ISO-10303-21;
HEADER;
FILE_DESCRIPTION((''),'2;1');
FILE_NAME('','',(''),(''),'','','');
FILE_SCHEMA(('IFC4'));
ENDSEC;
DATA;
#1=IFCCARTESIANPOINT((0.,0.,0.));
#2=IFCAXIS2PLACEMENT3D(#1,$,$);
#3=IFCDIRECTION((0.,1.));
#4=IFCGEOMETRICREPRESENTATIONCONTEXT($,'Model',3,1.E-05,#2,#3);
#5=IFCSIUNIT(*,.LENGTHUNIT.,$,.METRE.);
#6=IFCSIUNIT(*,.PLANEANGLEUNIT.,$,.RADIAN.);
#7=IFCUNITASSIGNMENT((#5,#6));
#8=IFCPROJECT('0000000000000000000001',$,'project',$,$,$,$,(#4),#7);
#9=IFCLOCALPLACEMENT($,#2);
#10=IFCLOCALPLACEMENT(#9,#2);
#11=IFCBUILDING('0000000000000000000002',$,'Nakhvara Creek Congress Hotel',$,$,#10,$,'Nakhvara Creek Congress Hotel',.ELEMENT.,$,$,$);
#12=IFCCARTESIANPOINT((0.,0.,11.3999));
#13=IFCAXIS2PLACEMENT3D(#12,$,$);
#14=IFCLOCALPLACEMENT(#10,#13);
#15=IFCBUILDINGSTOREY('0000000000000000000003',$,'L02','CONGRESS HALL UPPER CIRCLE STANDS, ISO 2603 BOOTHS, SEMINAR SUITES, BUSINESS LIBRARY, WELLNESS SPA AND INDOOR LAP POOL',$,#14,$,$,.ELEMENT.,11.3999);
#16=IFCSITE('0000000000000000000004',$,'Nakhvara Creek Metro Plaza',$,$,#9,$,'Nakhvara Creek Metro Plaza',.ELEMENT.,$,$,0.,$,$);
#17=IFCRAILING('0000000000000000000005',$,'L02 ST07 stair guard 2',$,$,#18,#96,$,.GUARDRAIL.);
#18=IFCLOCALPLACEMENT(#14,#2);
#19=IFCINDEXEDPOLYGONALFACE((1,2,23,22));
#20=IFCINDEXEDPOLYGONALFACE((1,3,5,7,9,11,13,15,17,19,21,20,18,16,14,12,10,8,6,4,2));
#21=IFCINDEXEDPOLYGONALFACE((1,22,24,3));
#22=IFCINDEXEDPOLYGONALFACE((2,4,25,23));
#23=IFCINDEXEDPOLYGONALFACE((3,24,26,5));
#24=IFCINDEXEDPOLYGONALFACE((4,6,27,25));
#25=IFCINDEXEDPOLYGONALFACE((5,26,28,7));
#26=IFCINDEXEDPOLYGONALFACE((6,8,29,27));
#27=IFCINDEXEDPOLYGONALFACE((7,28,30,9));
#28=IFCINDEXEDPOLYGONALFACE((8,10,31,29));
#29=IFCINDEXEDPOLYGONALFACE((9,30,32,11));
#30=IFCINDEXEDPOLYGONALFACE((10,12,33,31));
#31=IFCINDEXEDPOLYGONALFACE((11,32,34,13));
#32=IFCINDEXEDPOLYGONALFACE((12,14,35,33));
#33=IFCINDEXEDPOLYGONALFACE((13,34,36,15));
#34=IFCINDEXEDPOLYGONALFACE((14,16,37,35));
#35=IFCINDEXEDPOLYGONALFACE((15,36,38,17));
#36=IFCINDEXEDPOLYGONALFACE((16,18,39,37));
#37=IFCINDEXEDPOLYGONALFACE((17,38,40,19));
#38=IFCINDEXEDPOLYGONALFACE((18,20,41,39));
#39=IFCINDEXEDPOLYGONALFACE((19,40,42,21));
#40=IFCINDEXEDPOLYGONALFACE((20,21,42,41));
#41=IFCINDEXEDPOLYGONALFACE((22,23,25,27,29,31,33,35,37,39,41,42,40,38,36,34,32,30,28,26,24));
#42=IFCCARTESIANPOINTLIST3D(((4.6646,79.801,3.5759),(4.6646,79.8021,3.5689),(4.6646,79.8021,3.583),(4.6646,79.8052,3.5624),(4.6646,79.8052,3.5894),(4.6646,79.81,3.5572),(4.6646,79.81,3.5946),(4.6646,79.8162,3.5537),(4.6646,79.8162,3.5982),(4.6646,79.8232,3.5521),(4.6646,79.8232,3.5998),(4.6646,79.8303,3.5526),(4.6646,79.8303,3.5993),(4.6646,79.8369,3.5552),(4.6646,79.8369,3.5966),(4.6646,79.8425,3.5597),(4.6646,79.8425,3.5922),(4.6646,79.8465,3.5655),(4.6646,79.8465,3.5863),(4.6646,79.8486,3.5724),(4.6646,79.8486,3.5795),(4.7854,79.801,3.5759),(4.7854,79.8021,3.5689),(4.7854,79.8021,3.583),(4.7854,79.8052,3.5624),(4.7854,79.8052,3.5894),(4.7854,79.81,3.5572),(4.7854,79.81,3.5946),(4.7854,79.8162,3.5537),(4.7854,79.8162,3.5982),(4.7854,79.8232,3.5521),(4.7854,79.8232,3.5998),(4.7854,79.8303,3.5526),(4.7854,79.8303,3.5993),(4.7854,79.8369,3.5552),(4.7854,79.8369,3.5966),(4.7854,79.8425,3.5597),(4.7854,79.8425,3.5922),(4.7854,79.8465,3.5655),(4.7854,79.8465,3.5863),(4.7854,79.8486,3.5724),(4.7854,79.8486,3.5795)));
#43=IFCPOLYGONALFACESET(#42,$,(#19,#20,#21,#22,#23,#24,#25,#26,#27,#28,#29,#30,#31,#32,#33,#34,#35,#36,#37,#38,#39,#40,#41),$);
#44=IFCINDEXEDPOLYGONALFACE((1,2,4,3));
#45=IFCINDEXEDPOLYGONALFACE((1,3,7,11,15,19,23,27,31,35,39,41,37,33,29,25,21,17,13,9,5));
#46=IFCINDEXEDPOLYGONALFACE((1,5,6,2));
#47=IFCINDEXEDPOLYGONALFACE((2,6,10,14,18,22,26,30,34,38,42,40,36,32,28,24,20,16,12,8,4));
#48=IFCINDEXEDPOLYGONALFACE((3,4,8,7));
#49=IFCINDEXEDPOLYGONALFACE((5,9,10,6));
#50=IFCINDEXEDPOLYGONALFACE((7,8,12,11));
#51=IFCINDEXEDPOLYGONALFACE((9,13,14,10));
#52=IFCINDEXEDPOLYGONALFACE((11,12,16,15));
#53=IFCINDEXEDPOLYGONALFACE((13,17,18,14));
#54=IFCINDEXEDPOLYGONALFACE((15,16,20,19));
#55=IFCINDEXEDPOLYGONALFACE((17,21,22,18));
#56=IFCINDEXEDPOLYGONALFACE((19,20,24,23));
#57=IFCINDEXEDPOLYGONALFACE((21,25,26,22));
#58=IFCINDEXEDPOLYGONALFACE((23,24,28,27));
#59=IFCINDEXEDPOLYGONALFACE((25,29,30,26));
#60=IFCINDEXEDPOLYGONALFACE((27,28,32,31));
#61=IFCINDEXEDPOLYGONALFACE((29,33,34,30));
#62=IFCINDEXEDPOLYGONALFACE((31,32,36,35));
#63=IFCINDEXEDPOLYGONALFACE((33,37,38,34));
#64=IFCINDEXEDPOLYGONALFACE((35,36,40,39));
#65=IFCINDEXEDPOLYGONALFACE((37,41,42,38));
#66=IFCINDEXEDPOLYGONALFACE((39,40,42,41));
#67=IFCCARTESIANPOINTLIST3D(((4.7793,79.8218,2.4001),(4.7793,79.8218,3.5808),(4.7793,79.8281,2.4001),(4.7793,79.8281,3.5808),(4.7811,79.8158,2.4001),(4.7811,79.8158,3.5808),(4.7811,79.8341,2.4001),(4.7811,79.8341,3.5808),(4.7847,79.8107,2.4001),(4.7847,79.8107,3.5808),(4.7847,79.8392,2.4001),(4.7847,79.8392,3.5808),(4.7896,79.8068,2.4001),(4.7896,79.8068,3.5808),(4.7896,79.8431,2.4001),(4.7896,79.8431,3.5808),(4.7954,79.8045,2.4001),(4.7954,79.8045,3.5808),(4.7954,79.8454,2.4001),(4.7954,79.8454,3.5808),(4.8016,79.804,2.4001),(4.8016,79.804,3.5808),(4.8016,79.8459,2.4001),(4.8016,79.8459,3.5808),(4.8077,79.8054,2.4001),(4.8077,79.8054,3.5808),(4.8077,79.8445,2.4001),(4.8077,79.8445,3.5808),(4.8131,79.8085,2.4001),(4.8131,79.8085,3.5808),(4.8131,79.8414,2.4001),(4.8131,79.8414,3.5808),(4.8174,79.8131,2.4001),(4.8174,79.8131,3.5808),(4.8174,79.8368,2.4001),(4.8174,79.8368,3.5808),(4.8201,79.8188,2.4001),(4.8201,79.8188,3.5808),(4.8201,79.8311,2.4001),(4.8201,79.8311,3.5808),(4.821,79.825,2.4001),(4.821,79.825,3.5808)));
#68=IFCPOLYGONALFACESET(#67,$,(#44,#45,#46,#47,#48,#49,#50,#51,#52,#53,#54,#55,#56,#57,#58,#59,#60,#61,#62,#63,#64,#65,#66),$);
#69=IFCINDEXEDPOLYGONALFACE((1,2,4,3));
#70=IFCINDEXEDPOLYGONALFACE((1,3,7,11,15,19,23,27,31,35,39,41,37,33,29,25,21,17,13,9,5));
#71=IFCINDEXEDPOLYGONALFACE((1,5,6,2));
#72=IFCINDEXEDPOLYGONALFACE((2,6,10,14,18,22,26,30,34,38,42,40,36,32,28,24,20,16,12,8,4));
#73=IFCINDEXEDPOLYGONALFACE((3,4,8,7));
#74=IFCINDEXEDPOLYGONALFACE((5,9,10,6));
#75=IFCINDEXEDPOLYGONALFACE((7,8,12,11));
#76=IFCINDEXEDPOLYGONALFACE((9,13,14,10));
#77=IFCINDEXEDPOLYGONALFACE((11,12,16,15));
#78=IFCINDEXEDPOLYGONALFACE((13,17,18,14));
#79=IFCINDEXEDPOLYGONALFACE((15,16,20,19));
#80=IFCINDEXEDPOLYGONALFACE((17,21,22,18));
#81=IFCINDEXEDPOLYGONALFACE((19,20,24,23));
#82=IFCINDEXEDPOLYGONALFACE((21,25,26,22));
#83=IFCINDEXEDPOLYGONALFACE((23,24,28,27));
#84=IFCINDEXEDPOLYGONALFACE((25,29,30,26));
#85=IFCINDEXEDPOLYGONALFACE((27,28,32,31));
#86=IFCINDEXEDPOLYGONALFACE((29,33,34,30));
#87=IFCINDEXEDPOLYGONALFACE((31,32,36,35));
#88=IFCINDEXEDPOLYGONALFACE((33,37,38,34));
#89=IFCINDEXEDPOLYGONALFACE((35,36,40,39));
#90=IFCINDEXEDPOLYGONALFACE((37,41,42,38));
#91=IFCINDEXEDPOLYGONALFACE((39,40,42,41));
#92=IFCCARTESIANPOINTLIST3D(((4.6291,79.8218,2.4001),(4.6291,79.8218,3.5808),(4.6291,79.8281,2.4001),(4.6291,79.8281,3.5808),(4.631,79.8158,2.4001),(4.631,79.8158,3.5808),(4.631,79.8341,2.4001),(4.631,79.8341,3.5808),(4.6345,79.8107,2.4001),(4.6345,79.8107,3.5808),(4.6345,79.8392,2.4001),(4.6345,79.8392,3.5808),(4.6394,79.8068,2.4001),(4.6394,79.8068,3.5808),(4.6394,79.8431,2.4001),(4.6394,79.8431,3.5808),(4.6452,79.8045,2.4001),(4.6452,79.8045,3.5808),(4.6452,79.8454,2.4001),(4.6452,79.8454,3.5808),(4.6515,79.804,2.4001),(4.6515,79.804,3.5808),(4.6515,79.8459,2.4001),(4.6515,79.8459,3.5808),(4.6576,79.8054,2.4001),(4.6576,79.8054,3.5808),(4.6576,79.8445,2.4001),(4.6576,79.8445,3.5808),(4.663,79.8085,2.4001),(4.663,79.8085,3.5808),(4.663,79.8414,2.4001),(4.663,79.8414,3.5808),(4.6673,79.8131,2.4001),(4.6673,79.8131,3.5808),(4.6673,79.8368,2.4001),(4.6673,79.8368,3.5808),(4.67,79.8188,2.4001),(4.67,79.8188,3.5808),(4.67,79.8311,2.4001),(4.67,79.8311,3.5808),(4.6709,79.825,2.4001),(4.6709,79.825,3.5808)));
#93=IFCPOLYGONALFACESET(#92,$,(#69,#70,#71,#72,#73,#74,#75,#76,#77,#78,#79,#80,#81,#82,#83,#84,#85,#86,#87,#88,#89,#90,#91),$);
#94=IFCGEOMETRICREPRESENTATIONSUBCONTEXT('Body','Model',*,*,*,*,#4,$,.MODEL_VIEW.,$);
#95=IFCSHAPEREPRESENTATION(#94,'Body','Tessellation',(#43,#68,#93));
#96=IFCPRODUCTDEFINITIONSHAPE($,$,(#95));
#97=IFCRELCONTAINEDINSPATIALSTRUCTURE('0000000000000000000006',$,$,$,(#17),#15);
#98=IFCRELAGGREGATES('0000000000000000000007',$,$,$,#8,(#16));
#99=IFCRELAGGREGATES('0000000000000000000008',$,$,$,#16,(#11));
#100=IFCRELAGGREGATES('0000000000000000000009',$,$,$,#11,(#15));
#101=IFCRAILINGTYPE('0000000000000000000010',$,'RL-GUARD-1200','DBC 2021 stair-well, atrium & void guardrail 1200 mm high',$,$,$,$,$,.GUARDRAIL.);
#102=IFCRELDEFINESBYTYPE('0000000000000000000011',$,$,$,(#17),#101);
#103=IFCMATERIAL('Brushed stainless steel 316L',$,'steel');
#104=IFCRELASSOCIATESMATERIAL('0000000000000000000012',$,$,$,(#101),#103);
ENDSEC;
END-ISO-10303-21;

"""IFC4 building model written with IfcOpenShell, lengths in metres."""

from ifc_helpers import new_model, si_unit, direction, frame, origin, origin_2d, place, context, subcontext, project, spatial, circle, extrude, material, type_object, element, save


model = new_model("IFC4")

# Units and contexts
model_context = context("Model", 3, precision=1e-05, world=origin(), true_north=direction((0.0, 1.0)))
body_context = subcontext(model_context, "Body", "Model", "MODEL_VIEW")
ifc_project = project(units=[si_unit("LENGTHUNIT", "METRE"), si_unit("PLANEANGLEUNIT", "RADIAN")], contexts=[model_context])

# Site, building, storey
site_placement = place(None, origin())
site = spatial("IfcSite", under=ifc_project, at=site_placement, Name="Nakhvara Creek Metro Plaza", LongName="Nakhvara Creek Metro Plaza", CompositionType="ELEMENT", RefElevation=0.0)
building_placement = place(site_placement, origin())
building = spatial("IfcBuilding", under=site, at=building_placement, Name="Nakhvara Creek Congress Hotel", LongName="Nakhvara Creek Congress Hotel", CompositionType="ELEMENT")
storey_placement = place(building_placement, frame((0.0, 0.0, 11.3999)))
storey = spatial("IfcBuildingStorey", under=building, at=storey_placement, Name="L02", Description="CONGRESS HALL UPPER CIRCLE STANDS, ISO 2603 BOOTHS, SEMINAR SUITES, BUSINESS LIBRARY, WELLNESS SPA AND INDOOR LAP POOL", CompositionType="ELEMENT", Elevation=11.3999)

# Railing
ifc_material_1 = material(Name="Brushed stainless steel 316L", Category="steel")
railing_type_1 = type_object("IfcRailingType", Name="RL-GUARD-1200", Description="DBC 2021 stair-well, atrium & void guardrail 1200 mm high", PredefinedType="GUARDRAIL", material=ifc_material_1)
railing_1_placement = place(storey_placement, frame((4.8, 79.825, 2.4001)))
element("IfcRailing", 1, at=railing_1_placement, inside=storey, type_object=railing_type_1, Name="L02 ST07 stair guard 2", PredefinedType="GUARDRAIL", context=body_context, shape_type="SweptSolid", body=[
    extrude(circle(Radius=0.0239, at=origin_2d()), frame((-0.0146, 0.0, 1.1758), z_axis=(-1.0, 0.0, 0.0), x_axis=(0.0, -1.0, 0.0)), (0.0, 0.0, 1.0), 0.1208),
    extrude(circle(Radius=0.021, at=origin_2d()), origin(), (0.0, 0.0, 1.0), 1.1807),
    extrude(circle(Radius=0.021, at=origin_2d()), frame((-0.1501, 0.0, 0.0)), (0.0, 0.0, 1.0), 1.1807),
])

save(model, "model.ifc")
